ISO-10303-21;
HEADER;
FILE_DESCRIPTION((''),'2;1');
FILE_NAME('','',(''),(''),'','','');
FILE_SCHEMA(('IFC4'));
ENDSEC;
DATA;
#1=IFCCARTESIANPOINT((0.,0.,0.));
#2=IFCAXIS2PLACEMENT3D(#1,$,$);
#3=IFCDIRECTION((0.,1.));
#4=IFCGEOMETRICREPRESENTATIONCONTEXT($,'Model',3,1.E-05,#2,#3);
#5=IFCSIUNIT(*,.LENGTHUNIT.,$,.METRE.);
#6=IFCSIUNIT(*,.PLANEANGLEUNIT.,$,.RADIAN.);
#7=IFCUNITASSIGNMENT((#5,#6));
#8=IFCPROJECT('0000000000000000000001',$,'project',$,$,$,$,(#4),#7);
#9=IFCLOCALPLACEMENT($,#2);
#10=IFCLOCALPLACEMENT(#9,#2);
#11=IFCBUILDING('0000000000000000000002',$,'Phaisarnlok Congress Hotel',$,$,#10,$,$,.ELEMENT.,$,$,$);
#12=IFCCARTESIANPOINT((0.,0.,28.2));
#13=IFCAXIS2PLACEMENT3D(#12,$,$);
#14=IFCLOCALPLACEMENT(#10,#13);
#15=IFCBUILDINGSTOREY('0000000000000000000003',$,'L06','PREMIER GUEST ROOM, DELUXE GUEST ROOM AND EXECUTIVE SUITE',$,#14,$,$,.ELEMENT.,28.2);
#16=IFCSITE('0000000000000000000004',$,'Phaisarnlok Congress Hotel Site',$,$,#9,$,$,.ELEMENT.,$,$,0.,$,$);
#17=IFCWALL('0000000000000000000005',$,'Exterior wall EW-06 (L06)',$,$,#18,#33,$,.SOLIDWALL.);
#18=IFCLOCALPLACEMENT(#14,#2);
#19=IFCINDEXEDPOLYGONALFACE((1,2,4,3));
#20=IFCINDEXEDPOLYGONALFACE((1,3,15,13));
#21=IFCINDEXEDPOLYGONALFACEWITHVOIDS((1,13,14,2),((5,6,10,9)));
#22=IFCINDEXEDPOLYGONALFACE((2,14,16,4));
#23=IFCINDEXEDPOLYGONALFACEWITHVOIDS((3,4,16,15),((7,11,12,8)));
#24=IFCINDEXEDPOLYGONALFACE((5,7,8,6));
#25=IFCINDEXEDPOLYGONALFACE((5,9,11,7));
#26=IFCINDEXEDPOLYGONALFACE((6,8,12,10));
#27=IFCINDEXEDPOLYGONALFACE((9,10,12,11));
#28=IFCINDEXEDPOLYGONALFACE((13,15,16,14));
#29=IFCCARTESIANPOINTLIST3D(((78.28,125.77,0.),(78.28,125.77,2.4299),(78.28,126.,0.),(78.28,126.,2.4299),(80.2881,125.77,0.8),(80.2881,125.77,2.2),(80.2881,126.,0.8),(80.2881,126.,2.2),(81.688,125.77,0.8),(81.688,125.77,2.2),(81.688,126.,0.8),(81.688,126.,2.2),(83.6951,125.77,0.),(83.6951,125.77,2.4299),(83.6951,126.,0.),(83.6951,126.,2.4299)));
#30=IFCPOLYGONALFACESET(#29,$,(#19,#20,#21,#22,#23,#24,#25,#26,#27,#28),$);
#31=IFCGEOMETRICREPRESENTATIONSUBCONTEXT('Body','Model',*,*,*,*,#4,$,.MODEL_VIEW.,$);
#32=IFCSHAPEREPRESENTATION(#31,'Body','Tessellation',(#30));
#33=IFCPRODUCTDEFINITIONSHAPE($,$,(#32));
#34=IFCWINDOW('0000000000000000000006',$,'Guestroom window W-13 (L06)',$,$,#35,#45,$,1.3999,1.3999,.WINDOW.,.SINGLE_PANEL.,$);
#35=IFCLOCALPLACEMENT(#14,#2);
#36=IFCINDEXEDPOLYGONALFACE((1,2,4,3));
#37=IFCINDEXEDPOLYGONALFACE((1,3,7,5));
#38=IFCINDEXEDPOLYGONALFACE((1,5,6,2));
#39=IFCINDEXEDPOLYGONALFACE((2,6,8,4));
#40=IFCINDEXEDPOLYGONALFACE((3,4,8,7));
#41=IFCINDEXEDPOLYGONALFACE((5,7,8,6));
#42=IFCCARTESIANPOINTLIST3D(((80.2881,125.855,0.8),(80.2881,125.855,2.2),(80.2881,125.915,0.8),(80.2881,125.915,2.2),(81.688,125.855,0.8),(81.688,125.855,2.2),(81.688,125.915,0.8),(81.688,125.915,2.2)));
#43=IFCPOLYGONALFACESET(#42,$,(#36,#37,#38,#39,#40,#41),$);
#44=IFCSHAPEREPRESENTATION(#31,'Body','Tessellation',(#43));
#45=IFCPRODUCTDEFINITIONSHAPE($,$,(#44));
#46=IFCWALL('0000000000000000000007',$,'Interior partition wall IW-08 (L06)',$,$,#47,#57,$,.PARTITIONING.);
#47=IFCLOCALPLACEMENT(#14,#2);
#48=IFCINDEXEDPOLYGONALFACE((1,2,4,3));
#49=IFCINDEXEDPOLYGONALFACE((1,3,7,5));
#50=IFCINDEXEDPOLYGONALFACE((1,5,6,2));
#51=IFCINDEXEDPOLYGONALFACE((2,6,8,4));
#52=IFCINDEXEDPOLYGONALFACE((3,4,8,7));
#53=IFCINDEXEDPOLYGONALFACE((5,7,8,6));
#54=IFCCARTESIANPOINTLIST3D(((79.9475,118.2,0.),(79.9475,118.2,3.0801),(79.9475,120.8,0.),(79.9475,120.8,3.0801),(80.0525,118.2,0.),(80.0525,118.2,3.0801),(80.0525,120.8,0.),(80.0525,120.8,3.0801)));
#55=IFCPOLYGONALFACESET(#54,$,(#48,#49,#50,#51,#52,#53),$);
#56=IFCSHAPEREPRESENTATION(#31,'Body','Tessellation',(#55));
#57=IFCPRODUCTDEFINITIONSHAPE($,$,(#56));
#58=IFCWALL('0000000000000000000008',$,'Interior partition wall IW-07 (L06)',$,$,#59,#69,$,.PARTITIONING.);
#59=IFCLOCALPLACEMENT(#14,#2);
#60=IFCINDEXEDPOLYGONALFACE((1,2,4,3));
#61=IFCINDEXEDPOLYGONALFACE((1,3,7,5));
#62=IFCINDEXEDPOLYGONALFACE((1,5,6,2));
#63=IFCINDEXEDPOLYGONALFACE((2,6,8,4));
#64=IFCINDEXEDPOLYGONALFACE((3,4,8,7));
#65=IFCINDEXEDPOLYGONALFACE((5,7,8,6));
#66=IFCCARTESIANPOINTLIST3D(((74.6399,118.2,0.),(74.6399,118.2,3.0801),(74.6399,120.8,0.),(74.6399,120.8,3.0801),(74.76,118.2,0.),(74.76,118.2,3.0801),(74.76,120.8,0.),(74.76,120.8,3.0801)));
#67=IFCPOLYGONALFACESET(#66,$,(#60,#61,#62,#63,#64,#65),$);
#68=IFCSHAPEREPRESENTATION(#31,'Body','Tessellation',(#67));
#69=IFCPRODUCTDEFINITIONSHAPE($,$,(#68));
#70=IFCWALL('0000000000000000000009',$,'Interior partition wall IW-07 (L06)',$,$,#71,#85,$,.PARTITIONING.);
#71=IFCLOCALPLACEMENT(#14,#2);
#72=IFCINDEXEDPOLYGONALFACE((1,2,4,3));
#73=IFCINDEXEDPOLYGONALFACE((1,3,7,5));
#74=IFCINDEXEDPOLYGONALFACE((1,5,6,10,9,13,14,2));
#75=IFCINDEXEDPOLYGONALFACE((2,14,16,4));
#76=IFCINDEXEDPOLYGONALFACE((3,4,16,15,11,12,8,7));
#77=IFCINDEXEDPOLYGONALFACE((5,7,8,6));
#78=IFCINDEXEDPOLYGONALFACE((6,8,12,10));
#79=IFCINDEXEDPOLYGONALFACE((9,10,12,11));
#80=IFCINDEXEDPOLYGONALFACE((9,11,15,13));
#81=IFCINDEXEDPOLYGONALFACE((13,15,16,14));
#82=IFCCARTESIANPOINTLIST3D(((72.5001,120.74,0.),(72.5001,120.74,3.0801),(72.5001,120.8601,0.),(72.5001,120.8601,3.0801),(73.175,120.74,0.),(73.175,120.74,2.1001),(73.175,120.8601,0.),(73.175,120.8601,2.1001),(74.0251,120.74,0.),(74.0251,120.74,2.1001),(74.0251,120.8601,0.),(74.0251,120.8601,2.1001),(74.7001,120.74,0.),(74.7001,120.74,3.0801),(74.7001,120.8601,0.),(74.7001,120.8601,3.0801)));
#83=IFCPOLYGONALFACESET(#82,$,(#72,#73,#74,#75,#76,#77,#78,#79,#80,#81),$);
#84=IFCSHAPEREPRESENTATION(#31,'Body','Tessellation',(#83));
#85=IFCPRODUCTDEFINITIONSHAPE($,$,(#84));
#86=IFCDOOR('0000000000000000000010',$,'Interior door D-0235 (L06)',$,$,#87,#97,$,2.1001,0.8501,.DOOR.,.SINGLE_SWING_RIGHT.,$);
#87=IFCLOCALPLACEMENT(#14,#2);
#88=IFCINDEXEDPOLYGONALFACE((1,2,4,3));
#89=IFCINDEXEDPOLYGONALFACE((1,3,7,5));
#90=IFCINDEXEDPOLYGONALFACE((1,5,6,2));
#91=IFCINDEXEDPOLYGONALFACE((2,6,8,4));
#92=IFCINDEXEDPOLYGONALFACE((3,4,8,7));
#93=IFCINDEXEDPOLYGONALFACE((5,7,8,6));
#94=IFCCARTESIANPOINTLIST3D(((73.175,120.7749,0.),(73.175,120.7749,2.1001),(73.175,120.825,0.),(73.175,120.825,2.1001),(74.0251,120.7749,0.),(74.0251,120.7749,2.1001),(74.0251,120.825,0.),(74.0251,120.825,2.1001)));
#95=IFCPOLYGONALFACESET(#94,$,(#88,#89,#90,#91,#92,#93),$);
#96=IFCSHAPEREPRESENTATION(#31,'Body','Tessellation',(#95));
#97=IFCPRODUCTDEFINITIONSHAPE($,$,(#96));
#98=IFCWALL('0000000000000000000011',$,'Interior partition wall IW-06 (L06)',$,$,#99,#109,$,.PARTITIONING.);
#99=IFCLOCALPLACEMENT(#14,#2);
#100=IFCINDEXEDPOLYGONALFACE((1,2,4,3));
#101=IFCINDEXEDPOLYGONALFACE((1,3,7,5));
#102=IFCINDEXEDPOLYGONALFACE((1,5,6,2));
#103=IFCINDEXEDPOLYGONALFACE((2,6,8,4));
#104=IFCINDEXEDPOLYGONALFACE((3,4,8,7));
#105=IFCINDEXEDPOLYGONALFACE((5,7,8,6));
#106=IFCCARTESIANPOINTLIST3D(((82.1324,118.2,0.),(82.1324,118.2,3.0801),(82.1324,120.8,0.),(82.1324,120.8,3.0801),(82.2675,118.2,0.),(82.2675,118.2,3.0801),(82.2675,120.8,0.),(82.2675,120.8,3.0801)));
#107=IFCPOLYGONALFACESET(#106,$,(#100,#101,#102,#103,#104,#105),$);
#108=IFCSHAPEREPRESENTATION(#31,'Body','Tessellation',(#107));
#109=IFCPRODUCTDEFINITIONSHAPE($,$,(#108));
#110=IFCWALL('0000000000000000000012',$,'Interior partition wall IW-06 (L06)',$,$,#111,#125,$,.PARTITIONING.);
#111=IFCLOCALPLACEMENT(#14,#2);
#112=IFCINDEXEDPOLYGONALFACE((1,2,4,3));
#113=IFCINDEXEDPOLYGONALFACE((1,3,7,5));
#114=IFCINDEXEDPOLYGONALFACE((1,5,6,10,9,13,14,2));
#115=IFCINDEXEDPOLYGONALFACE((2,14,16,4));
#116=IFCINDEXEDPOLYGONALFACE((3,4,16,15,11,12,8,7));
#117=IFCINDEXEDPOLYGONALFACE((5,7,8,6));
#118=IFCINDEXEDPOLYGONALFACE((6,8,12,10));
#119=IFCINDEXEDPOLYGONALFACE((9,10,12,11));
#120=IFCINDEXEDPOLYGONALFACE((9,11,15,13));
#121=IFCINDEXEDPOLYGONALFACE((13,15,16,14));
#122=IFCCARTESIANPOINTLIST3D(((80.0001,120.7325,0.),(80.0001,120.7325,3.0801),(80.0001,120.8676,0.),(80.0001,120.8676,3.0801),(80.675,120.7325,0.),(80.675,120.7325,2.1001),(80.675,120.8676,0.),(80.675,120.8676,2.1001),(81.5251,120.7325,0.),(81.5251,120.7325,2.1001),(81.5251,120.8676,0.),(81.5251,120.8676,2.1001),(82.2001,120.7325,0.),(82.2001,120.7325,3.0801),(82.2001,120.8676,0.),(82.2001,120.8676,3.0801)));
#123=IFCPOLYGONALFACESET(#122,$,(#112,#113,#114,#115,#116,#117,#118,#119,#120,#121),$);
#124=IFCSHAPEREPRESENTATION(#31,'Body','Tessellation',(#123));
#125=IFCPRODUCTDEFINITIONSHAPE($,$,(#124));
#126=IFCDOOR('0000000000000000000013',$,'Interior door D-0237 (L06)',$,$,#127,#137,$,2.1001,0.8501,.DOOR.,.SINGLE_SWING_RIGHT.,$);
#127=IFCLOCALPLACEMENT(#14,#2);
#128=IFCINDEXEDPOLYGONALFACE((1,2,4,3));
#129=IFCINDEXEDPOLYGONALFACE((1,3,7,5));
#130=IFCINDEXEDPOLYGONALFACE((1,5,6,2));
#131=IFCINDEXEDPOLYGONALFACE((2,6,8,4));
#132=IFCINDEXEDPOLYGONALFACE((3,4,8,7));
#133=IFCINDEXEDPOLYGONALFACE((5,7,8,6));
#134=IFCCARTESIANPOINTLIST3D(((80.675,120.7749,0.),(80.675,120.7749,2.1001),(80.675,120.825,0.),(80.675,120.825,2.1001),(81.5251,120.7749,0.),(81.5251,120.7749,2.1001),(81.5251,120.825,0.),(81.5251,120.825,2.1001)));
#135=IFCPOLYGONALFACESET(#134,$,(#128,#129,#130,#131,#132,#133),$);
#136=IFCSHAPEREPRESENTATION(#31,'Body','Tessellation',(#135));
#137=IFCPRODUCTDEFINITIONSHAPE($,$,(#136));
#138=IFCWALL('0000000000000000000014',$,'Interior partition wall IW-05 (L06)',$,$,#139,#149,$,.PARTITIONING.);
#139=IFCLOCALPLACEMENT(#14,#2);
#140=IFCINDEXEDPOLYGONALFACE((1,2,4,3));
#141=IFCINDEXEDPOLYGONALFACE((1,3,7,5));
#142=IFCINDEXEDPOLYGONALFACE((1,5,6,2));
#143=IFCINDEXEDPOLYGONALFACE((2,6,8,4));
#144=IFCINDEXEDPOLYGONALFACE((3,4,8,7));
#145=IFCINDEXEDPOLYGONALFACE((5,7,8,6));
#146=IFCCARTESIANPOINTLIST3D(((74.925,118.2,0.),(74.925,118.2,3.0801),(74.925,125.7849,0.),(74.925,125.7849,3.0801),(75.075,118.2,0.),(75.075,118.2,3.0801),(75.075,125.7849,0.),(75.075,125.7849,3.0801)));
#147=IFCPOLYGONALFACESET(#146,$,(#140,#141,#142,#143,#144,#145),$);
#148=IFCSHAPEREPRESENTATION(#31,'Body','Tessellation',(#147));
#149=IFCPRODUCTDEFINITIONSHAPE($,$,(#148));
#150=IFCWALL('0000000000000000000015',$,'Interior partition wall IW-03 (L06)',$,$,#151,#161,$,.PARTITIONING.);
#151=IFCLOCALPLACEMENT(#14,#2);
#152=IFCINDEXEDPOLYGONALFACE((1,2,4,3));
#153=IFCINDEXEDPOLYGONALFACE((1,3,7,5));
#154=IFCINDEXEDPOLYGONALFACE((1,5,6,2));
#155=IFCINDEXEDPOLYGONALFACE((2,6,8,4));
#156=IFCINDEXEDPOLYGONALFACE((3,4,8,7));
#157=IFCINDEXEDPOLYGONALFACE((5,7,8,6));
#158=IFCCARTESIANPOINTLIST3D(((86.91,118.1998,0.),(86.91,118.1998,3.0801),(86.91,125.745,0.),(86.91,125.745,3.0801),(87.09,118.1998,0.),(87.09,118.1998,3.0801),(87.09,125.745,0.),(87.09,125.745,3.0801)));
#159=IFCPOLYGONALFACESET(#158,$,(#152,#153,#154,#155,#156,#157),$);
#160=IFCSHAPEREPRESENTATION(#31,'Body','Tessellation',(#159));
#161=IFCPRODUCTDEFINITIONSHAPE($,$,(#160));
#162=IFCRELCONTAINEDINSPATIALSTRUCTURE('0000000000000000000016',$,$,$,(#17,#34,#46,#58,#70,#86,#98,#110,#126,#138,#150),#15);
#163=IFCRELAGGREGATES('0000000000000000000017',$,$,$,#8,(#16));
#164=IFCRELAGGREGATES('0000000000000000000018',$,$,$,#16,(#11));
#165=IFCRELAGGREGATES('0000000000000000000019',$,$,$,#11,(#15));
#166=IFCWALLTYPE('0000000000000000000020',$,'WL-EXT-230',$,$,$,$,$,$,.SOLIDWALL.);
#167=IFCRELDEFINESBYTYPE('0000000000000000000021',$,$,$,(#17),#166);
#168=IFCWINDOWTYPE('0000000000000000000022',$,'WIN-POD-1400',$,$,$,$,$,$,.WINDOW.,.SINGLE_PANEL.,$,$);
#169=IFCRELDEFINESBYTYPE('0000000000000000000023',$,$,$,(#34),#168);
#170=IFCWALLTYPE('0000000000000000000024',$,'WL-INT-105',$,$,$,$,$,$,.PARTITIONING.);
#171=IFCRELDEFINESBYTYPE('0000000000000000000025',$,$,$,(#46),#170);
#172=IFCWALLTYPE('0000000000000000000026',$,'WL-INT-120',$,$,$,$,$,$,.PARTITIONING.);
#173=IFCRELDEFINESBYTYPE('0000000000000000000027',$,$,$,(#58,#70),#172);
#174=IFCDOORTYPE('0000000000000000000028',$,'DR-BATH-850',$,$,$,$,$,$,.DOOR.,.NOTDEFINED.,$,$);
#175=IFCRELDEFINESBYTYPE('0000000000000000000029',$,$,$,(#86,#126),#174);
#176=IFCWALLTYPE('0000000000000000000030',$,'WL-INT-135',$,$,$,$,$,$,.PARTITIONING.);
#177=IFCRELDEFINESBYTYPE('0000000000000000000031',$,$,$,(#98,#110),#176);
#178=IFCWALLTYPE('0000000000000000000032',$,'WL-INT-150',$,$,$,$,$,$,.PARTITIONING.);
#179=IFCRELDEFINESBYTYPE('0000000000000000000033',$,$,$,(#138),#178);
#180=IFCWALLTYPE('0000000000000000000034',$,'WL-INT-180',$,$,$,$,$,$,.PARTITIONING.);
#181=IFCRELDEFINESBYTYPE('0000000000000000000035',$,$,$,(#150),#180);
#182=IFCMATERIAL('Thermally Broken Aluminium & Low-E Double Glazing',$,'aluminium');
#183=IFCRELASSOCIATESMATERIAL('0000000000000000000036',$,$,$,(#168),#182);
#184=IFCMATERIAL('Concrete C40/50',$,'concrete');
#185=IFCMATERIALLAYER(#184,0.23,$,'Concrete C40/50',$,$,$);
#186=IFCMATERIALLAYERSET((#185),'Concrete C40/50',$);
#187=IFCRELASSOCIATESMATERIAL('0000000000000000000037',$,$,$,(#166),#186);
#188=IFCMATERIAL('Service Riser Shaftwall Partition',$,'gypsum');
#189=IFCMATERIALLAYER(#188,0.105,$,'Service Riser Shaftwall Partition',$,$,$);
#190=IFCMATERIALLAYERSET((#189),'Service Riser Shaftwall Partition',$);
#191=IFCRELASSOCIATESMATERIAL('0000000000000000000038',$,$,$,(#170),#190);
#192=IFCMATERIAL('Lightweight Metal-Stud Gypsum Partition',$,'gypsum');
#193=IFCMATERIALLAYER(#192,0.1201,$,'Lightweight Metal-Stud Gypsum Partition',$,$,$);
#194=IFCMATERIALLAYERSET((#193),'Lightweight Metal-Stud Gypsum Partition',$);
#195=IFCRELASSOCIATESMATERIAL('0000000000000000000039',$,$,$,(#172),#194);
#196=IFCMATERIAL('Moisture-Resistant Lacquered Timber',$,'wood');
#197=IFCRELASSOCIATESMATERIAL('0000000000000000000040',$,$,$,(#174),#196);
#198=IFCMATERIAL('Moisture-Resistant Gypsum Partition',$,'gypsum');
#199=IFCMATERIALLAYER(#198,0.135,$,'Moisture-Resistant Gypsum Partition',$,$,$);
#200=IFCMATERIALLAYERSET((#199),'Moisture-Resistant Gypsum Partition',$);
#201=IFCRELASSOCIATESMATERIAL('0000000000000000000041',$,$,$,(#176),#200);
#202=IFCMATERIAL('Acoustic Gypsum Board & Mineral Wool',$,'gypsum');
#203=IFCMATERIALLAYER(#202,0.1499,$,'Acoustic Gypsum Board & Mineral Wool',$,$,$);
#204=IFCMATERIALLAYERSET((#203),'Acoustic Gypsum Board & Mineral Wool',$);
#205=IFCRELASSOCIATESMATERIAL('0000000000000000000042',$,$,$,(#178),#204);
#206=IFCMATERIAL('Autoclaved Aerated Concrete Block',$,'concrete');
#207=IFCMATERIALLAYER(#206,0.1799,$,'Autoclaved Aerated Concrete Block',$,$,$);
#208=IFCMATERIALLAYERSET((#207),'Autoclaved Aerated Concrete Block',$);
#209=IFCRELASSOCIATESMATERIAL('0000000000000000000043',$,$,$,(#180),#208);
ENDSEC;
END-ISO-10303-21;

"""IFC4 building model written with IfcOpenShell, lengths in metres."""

from ifc_helpers import new_model, si_unit, direction, frame, frame_2d, origin, place, context, subcontext, project, spatial, rectangle, extrude, material, layer, layer_set, type_object, element, fill, save


model = new_model("IFC4")

# Units and contexts
model_context = context("Model", 3, precision=1e-05, world=origin(), true_north=direction((0.0, 1.0)))
body_context = subcontext(model_context, "Body", "Model", "MODEL_VIEW")
ifc_project = project(units=[si_unit("LENGTHUNIT", "METRE"), si_unit("PLANEANGLEUNIT", "RADIAN")], contexts=[model_context])

# Site, building, storey
site_placement = place(None, origin())
site = spatial("IfcSite", under=ifc_project, at=site_placement, Name="Phaisarnlok Congress Hotel Site", CompositionType="ELEMENT", RefElevation=0.0)
building_placement = place(site_placement, origin())
building = spatial("IfcBuilding", under=site, at=building_placement, Name="Phaisarnlok Congress Hotel", CompositionType="ELEMENT")
storey_placement = place(building_placement, frame((0.0, 0.0, 28.2)))
storey = spatial("IfcBuildingStorey", under=building, at=storey_placement, Name="L06", Description="PREMIER GUEST ROOM, DELUXE GUEST ROOM AND EXECUTIVE SUITE", CompositionType="ELEMENT", Elevation=28.2)

# Shared definitions
ifc_material_1 = material(Name="Concrete C40/50", Category="concrete")

# Wall, opening, window
ifc_material_2 = material(Name="Thermally Broken Aluminium & Low-E Double Glazing", Category="aluminium")
window_type = type_object("IfcWindowType", Name="WIN-POD-1400", PartitioningType="SINGLE_PANEL", PredefinedType="WINDOW", material=ifc_material_2)
ifc_layer_1 = layer(ifc_material_1, 0.23, Name="Concrete C40/50")
ifc_layer_set_1 = layer_set([ifc_layer_1], Name="Concrete C40/50")
wall_type_1 = type_object("IfcWallType", Name="WL-EXT-230", PredefinedType="SOLIDWALL", material=ifc_layer_set_1)
wall_1_placement = place(storey_placement, frame((83.6951, 125.885, 0.0), z_axis=(0.0, 0.0, 1.0), x_axis=(-1.0, 0.0, 0.0)))
wall_1 = element("IfcWall", 1, at=wall_1_placement, inside=storey, type_object=wall_type_1, Name="Exterior wall EW-06 (L06)", PredefinedType="SOLIDWALL", context=body_context, shape_type="SweptSolid", body=[
    extrude(rectangle(XDim=5.415, YDim=0.23, at=frame_2d((2.7075, 0.0))), origin(), (0.0, 0.0, 1.0), 2.4299),
])
opening_1_placement = place(wall_1_placement, frame((2.0071, 0.0, 0.8)))
opening_1 = element("IfcOpeningElement", 2, at=opening_1_placement, cuts=wall_1, PredefinedType="OPENING", context=body_context, shape_type="SweptSolid", body=[
    extrude(rectangle(XDim=1.3999, YDim=1.3999, at=frame_2d((0.7, 0.7))), frame((0.0, 0.125, 0.0), z_axis=(0.0, -1.0, 0.0), x_axis=(1.0, 0.0, 0.0)), (0.0, 0.0, 1.0), 0.25),
])
window_1_placement = place(opening_1_placement, origin())
window_1 = element("IfcWindow", 3, at=window_1_placement, inside=storey, type_object=window_type, Name="Guestroom window W-13 (L06)", OverallHeight=1.3999, OverallWidth=1.3999, PartitioningType="SINGLE_PANEL", PredefinedType="WINDOW", context=body_context, shape_type="SweptSolid", body=[
    extrude(rectangle(XDim=1.3999, YDim=1.3999, at=frame_2d((0.7, 0.7))), frame((0.0, 0.03, 0.0), z_axis=(0.0, -1.0, 0.0), x_axis=(1.0, 0.0, 0.0)), (0.0, 0.0, 1.0), 0.0601),
])
fill(opening_1, window_1)

# Walls
ifc_material_3 = material(Name="Service Riser Shaftwall Partition", Category="gypsum")
ifc_layer_2 = layer(ifc_material_3, 0.105, Name="Service Riser Shaftwall Partition")
ifc_layer_set_2 = layer_set([ifc_layer_2], Name="Service Riser Shaftwall Partition")
wall_type_2 = type_object("IfcWallType", Name="WL-INT-105", PredefinedType="PARTITIONING", material=ifc_layer_set_2)
wall_2_placement = place(storey_placement, frame((80.0, 118.2, 0.0), z_axis=(0.0, 0.0, 1.0), x_axis=(0.0, 1.0, 0.0)))
element("IfcWall", 4, at=wall_2_placement, inside=storey, type_object=wall_type_2, Name="Interior partition wall IW-08 (L06)", PredefinedType="PARTITIONING", context=body_context, shape_type="SweptSolid", body=[
    extrude(rectangle(XDim=2.6001, YDim=0.105, at=frame_2d((1.3, 0.0))), origin(), (0.0, 0.0, 1.0), 3.0801),
])
ifc_material_4 = material(Name="Lightweight Metal-Stud Gypsum Partition", Category="gypsum")
ifc_layer_3 = layer(ifc_material_4, 0.1201, Name="Lightweight Metal-Stud Gypsum Partition")
ifc_layer_set_3 = layer_set([ifc_layer_3], Name="Lightweight Metal-Stud Gypsum Partition")
wall_type_3 = type_object("IfcWallType", Name="WL-INT-120", PredefinedType="PARTITIONING", material=ifc_layer_set_3)
wall_3_placement = place(storey_placement, frame((74.7, 118.2, 0.0), z_axis=(0.0, 0.0, 1.0), x_axis=(0.0, 1.0, 0.0)))
element("IfcWall", 5, at=wall_3_placement, inside=storey, type_object=wall_type_3, Name="Interior partition wall IW-07 (L06)", PredefinedType="PARTITIONING", context=body_context, shape_type="SweptSolid", body=[
    extrude(rectangle(XDim=2.6001, YDim=0.1201, at=frame_2d((1.3, 0.0))), origin(), (0.0, 0.0, 1.0), 3.0801),
])

# Wall, opening, door
wall_4_placement = place(storey_placement, frame((72.5, 120.8, 0.0), z_axis=(0.0, 0.0, 1.0), x_axis=(1.0, 0.0, 0.0)))
wall_4 = element("IfcWall", 6, at=wall_4_placement, inside=storey, type_object=wall_type_3, Name="Interior partition wall IW-07 (L06)", PredefinedType="PARTITIONING", context=body_context, shape_type="SweptSolid", body=[
    extrude(rectangle(XDim=2.2, YDim=0.1201, at=frame_2d((1.1001, 0.0))), origin(), (0.0, 0.0, 1.0), 3.0801),
])
opening_2_placement = place(wall_4_placement, frame((0.675, 0.0, 0.0)))
opening_2 = element("IfcOpeningElement", 7, at=opening_2_placement, cuts=wall_4, PredefinedType="OPENING", context=body_context, shape_type="SweptSolid", body=[
    extrude(rectangle(XDim=0.8501, YDim=2.1001, at=frame_2d((0.425, 1.05))), frame((0.0, 0.0701, 0.0), z_axis=(0.0, -1.0, 0.0), x_axis=(1.0, 0.0, 0.0)), (0.0, 0.0, 1.0), 0.1401),
])
ifc_material_5 = material(Name="Moisture-Resistant Lacquered Timber", Category="wood")
door_type = type_object("IfcDoorType", Name="DR-BATH-850", OperationType="NOTDEFINED", PredefinedType="DOOR", material=ifc_material_5)
door_1_placement = place(opening_2_placement, origin())
door_1 = element("IfcDoor", 8, at=door_1_placement, inside=storey, type_object=door_type, Name="Interior door D-0235 (L06)", OperationType="SINGLE_SWING_RIGHT", OverallHeight=2.1001, OverallWidth=0.8501, PredefinedType="DOOR", context=body_context, shape_type="SweptSolid", body=[
    extrude(rectangle(XDim=0.8501, YDim=2.1001, at=frame_2d((0.425, 1.05))), frame((0.0, 0.0249, 0.0), z_axis=(0.0, -1.0, 0.0), x_axis=(1.0, 0.0, 0.0)), (0.0, 0.0, 1.0), 0.05),
])
fill(opening_2, door_1)

# Wall
ifc_material_6 = material(Name="Moisture-Resistant Gypsum Partition", Category="gypsum")
ifc_layer_4 = layer(ifc_material_6, 0.135, Name="Moisture-Resistant Gypsum Partition")
ifc_layer_set_4 = layer_set([ifc_layer_4], Name="Moisture-Resistant Gypsum Partition")
wall_type_4 = type_object("IfcWallType", Name="WL-INT-135", PredefinedType="PARTITIONING", material=ifc_layer_set_4)
wall_5_placement = place(storey_placement, frame((82.2, 118.2, 0.0), z_axis=(0.0, 0.0, 1.0), x_axis=(0.0, 1.0, 0.0)))
element("IfcWall", 9, at=wall_5_placement, inside=storey, type_object=wall_type_4, Name="Interior partition wall IW-06 (L06)", PredefinedType="PARTITIONING", context=body_context, shape_type="SweptSolid", body=[
    extrude(rectangle(XDim=2.6001, YDim=0.135, at=frame_2d((1.3, 0.0))), origin(), (0.0, 0.0, 1.0), 3.0801),
])

# Wall, opening, door
wall_6_placement = place(storey_placement, frame((80.0, 120.8, 0.0), z_axis=(0.0, 0.0, 1.0), x_axis=(1.0, 0.0, 0.0)))
wall_6 = element("IfcWall", 10, at=wall_6_placement, inside=storey, type_object=wall_type_4, Name="Interior partition wall IW-06 (L06)", PredefinedType="PARTITIONING", context=body_context, shape_type="SweptSolid", body=[
    extrude(rectangle(XDim=2.2, YDim=0.135, at=frame_2d((1.1001, 0.0))), origin(), (0.0, 0.0, 1.0), 3.0801),
])
opening_3_placement = place(wall_6_placement, frame((0.675, 0.0, 0.0)))
opening_3 = element("IfcOpeningElement", 11, at=opening_3_placement, cuts=wall_6, PredefinedType="OPENING", context=body_context, shape_type="SweptSolid", body=[
    extrude(rectangle(XDim=0.8501, YDim=2.1001, at=frame_2d((0.425, 1.05))), frame((0.0, 0.0776, 0.0), z_axis=(0.0, -1.0, 0.0), x_axis=(1.0, 0.0, 0.0)), (0.0, 0.0, 1.0), 0.155),
])
door_2_placement = place(opening_3_placement, origin())
door_2 = element("IfcDoor", 12, at=door_2_placement, inside=storey, type_object=door_type, Name="Interior door D-0237 (L06)", OperationType="SINGLE_SWING_RIGHT", OverallHeight=2.1001, OverallWidth=0.8501, PredefinedType="DOOR", context=body_context, shape_type="SweptSolid", body=[
    extrude(rectangle(XDim=0.8501, YDim=2.1001, at=frame_2d((0.425, 1.05))), frame((0.0, 0.0249, 0.0), z_axis=(0.0, -1.0, 0.0), x_axis=(1.0, 0.0, 0.0)), (0.0, 0.0, 1.0), 0.05),
])
fill(opening_3, door_2)

# Walls
ifc_material_7 = material(Name="Acoustic Gypsum Board & Mineral Wool", Category="gypsum")
ifc_layer_5 = layer(ifc_material_7, 0.1499, Name="Acoustic Gypsum Board & Mineral Wool")
ifc_layer_set_5 = layer_set([ifc_layer_5], Name="Acoustic Gypsum Board & Mineral Wool")
wall_type_5 = type_object("IfcWallType", Name="WL-INT-150", PredefinedType="PARTITIONING", material=ifc_layer_set_5)
wall_7_placement = place(storey_placement, frame((75.0, 118.2, 0.0), z_axis=(0.0, 0.0, 1.0), x_axis=(0.0, 1.0, 0.0)))
element("IfcWall", 13, at=wall_7_placement, inside=storey, type_object=wall_type_5, Name="Interior partition wall IW-05 (L06)", PredefinedType="PARTITIONING", context=body_context, shape_type="SweptSolid", body=[
    extrude(rectangle(XDim=7.585, YDim=0.1499, at=frame_2d((3.7925, 0.0))), origin(), (0.0, 0.0, 1.0), 3.0801),
])
ifc_material_8 = material(Name="Autoclaved Aerated Concrete Block", Category="concrete")
ifc_layer_6 = layer(ifc_material_8, 0.1799, Name="Autoclaved Aerated Concrete Block")
ifc_layer_set_6 = layer_set([ifc_layer_6], Name="Autoclaved Aerated Concrete Block")
wall_type_6 = type_object("IfcWallType", Name="WL-INT-180", PredefinedType="PARTITIONING", material=ifc_layer_set_6)
wall_8_placement = place(storey_placement, frame((87.0, 118.2, 0.0), z_axis=(0.0, 0.0, 1.0), x_axis=(0.0, 1.0, 0.0)))
element("IfcWall", 14, at=wall_8_placement, inside=storey, type_object=wall_type_6, Name="Interior partition wall IW-03 (L06)", PredefinedType="PARTITIONING", context=body_context, shape_type="SweptSolid", body=[
    extrude(rectangle(XDim=7.5452, YDim=0.1799, at=frame_2d((3.7725, 0.0))), origin(), (0.0, 0.0, 1.0), 3.0801),
])

save(model, "model.ifc")
